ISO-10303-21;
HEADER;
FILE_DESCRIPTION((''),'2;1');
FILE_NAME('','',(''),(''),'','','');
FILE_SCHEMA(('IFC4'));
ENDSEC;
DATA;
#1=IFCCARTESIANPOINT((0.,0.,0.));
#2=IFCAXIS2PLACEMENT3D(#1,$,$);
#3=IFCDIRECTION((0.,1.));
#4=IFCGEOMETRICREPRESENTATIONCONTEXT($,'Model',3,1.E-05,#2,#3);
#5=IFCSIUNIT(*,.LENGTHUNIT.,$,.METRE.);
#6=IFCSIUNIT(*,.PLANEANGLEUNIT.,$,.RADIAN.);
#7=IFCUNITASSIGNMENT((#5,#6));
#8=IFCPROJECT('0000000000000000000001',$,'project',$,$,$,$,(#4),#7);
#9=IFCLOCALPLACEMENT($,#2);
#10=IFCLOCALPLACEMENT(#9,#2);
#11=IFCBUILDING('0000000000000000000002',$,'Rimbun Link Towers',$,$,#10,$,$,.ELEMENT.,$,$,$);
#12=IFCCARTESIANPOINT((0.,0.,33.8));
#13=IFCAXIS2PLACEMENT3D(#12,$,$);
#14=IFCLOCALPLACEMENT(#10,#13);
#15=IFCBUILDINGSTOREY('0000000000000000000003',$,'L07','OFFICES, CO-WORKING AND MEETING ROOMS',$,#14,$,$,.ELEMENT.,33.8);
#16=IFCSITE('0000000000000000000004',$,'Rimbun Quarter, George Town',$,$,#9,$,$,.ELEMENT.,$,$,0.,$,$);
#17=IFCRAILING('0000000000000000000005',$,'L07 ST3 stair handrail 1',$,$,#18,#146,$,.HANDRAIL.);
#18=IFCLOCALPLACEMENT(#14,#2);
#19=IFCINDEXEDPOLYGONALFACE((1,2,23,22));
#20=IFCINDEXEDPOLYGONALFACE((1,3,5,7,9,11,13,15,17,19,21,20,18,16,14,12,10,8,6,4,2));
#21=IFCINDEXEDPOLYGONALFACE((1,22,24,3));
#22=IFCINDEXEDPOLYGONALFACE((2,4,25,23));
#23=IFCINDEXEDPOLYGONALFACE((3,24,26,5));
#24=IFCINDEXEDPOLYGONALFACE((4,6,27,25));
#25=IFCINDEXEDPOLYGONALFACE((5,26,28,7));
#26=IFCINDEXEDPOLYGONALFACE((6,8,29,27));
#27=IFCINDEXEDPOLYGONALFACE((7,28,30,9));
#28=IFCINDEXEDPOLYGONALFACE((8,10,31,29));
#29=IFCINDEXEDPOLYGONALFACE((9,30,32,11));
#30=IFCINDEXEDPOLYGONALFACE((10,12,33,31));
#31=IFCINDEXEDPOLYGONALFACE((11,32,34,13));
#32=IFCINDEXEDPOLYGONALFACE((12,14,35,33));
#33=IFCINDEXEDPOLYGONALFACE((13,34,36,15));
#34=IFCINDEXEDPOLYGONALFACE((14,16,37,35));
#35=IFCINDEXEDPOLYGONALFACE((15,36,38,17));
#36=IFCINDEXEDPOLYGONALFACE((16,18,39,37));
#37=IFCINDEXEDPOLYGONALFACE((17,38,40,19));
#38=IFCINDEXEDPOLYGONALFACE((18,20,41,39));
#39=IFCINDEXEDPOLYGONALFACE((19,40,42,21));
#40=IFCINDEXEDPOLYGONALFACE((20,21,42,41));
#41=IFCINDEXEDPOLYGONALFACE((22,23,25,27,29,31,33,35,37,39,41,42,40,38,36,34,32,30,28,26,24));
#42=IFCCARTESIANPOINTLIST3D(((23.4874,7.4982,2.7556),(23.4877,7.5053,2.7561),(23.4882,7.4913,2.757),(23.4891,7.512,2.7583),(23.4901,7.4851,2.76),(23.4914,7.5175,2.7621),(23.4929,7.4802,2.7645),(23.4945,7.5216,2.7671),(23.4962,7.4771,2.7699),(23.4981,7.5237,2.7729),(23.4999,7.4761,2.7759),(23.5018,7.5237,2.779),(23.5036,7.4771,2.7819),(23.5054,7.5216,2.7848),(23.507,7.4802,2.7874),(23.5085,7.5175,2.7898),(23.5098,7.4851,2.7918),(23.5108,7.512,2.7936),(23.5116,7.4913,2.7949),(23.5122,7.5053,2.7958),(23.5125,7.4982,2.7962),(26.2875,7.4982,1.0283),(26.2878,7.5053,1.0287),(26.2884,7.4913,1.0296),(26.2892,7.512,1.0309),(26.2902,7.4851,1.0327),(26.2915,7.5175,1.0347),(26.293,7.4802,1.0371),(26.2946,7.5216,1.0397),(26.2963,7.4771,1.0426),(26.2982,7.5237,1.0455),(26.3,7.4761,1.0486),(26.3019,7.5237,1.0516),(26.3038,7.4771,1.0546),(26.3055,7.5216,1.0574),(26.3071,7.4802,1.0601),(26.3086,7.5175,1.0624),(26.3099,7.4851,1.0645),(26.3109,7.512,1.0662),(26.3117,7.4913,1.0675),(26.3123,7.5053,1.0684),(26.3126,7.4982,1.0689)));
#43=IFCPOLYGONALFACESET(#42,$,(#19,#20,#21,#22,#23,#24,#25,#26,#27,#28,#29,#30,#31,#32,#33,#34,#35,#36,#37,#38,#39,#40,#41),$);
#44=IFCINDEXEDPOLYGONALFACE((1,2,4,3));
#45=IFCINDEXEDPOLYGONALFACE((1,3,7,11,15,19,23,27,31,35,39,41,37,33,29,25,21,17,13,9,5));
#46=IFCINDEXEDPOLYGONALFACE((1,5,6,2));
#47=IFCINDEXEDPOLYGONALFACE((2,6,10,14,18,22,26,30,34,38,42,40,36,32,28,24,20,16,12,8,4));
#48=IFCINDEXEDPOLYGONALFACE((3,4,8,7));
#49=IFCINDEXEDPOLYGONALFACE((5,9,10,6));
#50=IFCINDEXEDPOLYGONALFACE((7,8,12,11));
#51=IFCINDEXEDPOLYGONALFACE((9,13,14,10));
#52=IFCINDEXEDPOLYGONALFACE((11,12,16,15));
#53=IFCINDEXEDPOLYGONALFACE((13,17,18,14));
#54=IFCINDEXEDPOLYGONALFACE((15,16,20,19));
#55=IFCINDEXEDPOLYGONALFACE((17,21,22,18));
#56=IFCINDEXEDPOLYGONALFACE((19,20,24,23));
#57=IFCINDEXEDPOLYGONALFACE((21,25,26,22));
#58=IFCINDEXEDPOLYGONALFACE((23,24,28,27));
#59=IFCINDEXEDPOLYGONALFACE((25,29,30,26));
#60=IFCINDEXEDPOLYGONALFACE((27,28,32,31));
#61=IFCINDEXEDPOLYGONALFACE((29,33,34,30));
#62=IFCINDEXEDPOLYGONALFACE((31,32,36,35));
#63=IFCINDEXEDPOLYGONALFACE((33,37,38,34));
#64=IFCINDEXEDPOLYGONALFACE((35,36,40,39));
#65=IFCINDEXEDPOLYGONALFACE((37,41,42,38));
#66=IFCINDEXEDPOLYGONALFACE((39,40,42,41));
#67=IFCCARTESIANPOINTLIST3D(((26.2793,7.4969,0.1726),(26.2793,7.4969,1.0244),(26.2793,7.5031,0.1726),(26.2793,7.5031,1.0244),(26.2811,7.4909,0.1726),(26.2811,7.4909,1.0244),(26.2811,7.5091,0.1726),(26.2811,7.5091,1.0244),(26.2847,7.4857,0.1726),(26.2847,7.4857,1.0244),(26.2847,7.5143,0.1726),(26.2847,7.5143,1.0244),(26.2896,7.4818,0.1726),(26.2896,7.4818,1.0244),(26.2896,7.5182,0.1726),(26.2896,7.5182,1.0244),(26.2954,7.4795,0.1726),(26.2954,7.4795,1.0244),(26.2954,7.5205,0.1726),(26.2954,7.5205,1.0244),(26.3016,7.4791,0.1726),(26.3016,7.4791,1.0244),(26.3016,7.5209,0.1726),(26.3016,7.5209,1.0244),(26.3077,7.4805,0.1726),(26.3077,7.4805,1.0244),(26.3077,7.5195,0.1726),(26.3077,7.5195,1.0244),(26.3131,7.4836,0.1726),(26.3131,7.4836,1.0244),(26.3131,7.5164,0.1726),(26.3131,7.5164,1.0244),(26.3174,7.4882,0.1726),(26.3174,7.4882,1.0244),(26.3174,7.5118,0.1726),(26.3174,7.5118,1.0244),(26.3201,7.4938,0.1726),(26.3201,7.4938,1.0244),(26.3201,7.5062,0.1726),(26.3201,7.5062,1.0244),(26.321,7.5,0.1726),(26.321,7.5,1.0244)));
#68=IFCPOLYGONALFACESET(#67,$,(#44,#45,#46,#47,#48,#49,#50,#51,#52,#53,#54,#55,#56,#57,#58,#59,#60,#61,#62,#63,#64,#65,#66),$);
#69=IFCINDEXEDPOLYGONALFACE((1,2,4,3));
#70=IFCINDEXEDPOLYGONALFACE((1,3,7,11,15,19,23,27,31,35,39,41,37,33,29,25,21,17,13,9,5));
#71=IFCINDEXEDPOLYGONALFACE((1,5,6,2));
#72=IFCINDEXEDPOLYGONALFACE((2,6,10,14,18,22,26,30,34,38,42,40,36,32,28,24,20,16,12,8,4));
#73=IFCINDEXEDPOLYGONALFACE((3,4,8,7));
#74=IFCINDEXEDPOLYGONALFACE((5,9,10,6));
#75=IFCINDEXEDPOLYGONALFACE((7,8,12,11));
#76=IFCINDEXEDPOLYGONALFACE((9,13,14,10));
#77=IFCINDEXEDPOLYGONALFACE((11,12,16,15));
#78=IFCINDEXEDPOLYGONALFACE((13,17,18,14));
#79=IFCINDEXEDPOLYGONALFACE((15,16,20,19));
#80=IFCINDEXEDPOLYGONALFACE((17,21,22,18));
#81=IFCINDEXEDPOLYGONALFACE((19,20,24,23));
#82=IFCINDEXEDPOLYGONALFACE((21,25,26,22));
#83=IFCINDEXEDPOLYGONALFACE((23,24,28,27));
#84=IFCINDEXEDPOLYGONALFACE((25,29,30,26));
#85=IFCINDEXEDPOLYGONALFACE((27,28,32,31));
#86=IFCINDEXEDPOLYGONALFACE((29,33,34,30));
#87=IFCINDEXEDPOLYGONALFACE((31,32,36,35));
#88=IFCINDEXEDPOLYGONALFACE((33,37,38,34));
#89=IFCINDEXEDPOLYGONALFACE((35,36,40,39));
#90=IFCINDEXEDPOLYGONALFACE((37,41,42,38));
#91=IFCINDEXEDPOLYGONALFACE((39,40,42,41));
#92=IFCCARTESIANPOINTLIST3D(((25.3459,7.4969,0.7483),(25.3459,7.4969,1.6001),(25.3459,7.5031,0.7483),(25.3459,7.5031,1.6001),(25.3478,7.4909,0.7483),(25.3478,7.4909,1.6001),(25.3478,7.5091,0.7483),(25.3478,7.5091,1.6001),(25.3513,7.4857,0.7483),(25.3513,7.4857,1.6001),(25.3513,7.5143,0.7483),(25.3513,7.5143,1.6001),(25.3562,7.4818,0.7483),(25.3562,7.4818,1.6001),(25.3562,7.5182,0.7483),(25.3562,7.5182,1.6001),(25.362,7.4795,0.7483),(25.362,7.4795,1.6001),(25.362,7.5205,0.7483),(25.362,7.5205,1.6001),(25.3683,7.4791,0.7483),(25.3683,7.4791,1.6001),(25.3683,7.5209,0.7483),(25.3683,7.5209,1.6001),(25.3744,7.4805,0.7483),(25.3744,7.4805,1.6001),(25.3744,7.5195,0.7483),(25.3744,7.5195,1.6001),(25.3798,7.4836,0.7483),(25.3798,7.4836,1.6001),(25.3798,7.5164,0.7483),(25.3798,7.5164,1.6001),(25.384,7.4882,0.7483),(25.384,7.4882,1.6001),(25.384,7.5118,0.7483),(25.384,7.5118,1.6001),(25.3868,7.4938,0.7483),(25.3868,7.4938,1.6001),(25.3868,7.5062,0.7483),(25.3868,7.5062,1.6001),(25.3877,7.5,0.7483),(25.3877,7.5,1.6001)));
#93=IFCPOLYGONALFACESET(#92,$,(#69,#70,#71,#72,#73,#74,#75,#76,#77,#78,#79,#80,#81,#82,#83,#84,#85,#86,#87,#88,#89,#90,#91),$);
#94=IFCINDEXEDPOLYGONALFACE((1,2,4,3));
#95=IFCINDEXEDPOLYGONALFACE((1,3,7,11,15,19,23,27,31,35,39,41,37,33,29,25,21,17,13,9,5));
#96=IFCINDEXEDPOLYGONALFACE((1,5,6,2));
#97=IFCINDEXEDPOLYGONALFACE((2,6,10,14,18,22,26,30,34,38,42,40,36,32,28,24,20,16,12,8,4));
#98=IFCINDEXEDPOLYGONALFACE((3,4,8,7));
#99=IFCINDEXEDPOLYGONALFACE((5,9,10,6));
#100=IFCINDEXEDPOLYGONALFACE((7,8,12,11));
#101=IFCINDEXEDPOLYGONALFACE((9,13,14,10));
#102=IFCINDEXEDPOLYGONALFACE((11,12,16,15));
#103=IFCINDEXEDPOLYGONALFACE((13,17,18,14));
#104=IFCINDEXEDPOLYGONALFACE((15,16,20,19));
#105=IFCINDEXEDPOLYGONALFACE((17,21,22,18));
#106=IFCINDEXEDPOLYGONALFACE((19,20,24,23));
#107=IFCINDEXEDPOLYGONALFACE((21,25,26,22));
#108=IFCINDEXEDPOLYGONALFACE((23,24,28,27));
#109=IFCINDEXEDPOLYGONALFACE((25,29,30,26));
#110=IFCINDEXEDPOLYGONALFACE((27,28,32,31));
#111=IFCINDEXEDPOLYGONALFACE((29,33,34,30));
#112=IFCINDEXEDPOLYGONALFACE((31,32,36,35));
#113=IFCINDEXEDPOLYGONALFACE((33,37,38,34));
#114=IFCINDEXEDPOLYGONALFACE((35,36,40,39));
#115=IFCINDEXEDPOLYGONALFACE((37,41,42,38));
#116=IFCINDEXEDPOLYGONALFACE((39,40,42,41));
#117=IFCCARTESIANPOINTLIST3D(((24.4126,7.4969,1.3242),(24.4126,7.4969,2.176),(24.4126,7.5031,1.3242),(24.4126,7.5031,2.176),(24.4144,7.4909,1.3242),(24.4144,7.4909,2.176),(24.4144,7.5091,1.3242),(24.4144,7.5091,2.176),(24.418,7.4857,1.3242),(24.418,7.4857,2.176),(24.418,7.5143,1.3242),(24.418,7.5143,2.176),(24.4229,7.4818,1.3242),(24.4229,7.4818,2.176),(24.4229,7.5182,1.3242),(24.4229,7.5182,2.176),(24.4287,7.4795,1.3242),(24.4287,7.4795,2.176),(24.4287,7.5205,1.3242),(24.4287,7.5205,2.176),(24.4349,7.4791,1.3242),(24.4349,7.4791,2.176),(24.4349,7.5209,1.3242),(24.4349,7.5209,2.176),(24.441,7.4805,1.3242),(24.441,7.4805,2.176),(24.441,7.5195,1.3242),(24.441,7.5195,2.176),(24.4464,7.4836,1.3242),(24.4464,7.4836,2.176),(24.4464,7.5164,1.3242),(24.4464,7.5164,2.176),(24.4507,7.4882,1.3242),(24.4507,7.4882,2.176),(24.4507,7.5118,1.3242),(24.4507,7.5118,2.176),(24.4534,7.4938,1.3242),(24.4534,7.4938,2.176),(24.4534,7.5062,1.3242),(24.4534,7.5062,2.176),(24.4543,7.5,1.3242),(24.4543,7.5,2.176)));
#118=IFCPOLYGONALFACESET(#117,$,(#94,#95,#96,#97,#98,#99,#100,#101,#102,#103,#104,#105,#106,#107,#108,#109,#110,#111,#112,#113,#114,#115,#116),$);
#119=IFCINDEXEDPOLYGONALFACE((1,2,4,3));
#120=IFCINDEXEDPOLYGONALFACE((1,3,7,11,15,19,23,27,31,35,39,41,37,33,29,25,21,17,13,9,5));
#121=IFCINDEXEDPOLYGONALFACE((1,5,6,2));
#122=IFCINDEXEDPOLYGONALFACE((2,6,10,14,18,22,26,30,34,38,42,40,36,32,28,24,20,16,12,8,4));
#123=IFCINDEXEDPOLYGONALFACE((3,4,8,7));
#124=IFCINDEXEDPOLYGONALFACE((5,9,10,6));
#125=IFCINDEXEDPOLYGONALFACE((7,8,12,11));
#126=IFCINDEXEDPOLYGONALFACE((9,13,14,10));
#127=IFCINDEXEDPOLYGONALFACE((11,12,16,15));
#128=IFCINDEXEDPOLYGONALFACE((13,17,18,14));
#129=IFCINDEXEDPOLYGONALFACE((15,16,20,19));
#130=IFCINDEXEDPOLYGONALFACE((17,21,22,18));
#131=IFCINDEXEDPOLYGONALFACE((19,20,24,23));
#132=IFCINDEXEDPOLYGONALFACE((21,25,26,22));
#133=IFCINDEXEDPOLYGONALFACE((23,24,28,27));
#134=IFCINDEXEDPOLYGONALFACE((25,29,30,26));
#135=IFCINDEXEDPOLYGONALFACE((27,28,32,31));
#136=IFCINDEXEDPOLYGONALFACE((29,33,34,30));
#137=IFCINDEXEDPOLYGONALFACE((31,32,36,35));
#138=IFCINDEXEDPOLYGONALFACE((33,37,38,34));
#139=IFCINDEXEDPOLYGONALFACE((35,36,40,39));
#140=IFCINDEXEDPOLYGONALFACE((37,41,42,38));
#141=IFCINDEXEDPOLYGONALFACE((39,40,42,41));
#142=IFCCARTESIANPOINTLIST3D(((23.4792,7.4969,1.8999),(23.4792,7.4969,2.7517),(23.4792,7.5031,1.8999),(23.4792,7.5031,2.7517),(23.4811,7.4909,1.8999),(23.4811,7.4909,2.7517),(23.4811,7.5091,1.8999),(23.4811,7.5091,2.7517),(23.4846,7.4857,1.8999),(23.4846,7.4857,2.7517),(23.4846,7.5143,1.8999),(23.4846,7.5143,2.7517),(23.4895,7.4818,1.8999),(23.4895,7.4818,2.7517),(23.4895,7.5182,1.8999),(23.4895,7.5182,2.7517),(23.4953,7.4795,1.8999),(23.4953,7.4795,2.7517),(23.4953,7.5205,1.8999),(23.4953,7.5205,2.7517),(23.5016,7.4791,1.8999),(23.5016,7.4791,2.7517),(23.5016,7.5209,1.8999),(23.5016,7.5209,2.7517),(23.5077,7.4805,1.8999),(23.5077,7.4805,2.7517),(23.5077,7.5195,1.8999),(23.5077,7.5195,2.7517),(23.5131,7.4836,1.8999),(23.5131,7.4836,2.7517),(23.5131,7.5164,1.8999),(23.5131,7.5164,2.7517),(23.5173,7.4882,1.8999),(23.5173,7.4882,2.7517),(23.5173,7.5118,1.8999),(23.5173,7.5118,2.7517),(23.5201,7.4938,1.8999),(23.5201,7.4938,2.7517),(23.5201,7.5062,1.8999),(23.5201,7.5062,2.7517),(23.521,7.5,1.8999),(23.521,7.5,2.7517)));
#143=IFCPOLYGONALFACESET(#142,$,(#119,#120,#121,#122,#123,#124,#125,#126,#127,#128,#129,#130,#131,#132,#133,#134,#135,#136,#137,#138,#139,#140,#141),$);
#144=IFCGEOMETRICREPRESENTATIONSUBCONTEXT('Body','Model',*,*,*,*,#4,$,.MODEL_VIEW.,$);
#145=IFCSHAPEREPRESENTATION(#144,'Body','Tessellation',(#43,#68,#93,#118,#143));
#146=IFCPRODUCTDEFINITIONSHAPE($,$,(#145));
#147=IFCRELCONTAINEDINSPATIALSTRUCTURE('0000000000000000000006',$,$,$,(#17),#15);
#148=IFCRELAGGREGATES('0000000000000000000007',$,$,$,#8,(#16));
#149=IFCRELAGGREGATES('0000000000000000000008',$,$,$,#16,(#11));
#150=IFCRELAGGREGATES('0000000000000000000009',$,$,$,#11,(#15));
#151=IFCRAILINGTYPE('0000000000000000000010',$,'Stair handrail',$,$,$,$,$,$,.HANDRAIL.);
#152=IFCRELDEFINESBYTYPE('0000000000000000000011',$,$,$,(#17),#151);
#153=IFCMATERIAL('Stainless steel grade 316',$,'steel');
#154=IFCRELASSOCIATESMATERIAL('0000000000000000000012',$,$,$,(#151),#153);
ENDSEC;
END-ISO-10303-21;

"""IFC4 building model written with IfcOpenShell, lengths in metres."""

from ifc_helpers import new_model, si_unit, direction, frame, origin, origin_2d, place, context, subcontext, project, spatial, circle, extrude, material, type_object, element, save


model = new_model("IFC4")

# Units and contexts
model_context = context("Model", 3, precision=1e-05, world=origin(), true_north=direction((0.0, 1.0)))
body_context = subcontext(model_context, "Body", "Model", "MODEL_VIEW")
ifc_project = project(units=[si_unit("LENGTHUNIT", "METRE"), si_unit("PLANEANGLEUNIT", "RADIAN")], contexts=[model_context])

# Site, building, storey
site_placement = place(None, origin())
site = spatial("IfcSite", under=ifc_project, at=site_placement, Name="Rimbun Quarter, George Town", CompositionType="ELEMENT", RefElevation=0.0)
building_placement = place(site_placement, origin())
building = spatial("IfcBuilding", under=site, at=building_placement, Name="Rimbun Link Towers", CompositionType="ELEMENT")
storey_placement = place(building_placement, frame((0.0, 0.0, 33.8)))
storey = spatial("IfcBuildingStorey", under=building, at=storey_placement, Name="L07", Description="OFFICES, CO-WORKING AND MEETING ROOMS", CompositionType="ELEMENT", Elevation=33.8)

# Railing
ifc_material_1 = material(Name="Stainless steel grade 316", Category="steel")
railing_type_1 = type_object("IfcRailingType", Name="Stair handrail", PredefinedType="HANDRAIL", material=ifc_material_1)
railing_1_placement = place(storey_placement, frame((26.3, 7.5, 0.1726)))
element("IfcRailing", 1, at=railing_1_placement, inside=storey, type_object=railing_type_1, Name="L07 ST3 stair handrail 1", PredefinedType="HANDRAIL", context=body_context, shape_type="SweptSolid", body=[
    extrude(circle(Radius=0.0239, at=origin_2d()), frame((0.0, 0.0, 0.876), z_axis=(-0.85109, 0.0, 0.52502), x_axis=(0.0, -1.0, 0.0)), (0.0, 0.0, 1.0), 3.29),
    extrude(circle(Radius=0.021, at=origin_2d()), origin(), (0.0, 0.0, 1.0), 0.8518),
    extrude(circle(Radius=0.021, at=origin_2d()), frame((-0.9333, 0.0, 0.5757)), (0.0, 0.0, 1.0), 0.8518),
    extrude(circle(Radius=0.021, at=origin_2d()), frame((-1.8667, 0.0, 1.1516)), (0.0, 0.0, 1.0), 0.8518),
    extrude(circle(Radius=0.021, at=origin_2d()), frame((-2.8, 0.0, 1.7273)), (0.0, 0.0, 1.0), 0.8518),
])

save(model, "model.ifc")
